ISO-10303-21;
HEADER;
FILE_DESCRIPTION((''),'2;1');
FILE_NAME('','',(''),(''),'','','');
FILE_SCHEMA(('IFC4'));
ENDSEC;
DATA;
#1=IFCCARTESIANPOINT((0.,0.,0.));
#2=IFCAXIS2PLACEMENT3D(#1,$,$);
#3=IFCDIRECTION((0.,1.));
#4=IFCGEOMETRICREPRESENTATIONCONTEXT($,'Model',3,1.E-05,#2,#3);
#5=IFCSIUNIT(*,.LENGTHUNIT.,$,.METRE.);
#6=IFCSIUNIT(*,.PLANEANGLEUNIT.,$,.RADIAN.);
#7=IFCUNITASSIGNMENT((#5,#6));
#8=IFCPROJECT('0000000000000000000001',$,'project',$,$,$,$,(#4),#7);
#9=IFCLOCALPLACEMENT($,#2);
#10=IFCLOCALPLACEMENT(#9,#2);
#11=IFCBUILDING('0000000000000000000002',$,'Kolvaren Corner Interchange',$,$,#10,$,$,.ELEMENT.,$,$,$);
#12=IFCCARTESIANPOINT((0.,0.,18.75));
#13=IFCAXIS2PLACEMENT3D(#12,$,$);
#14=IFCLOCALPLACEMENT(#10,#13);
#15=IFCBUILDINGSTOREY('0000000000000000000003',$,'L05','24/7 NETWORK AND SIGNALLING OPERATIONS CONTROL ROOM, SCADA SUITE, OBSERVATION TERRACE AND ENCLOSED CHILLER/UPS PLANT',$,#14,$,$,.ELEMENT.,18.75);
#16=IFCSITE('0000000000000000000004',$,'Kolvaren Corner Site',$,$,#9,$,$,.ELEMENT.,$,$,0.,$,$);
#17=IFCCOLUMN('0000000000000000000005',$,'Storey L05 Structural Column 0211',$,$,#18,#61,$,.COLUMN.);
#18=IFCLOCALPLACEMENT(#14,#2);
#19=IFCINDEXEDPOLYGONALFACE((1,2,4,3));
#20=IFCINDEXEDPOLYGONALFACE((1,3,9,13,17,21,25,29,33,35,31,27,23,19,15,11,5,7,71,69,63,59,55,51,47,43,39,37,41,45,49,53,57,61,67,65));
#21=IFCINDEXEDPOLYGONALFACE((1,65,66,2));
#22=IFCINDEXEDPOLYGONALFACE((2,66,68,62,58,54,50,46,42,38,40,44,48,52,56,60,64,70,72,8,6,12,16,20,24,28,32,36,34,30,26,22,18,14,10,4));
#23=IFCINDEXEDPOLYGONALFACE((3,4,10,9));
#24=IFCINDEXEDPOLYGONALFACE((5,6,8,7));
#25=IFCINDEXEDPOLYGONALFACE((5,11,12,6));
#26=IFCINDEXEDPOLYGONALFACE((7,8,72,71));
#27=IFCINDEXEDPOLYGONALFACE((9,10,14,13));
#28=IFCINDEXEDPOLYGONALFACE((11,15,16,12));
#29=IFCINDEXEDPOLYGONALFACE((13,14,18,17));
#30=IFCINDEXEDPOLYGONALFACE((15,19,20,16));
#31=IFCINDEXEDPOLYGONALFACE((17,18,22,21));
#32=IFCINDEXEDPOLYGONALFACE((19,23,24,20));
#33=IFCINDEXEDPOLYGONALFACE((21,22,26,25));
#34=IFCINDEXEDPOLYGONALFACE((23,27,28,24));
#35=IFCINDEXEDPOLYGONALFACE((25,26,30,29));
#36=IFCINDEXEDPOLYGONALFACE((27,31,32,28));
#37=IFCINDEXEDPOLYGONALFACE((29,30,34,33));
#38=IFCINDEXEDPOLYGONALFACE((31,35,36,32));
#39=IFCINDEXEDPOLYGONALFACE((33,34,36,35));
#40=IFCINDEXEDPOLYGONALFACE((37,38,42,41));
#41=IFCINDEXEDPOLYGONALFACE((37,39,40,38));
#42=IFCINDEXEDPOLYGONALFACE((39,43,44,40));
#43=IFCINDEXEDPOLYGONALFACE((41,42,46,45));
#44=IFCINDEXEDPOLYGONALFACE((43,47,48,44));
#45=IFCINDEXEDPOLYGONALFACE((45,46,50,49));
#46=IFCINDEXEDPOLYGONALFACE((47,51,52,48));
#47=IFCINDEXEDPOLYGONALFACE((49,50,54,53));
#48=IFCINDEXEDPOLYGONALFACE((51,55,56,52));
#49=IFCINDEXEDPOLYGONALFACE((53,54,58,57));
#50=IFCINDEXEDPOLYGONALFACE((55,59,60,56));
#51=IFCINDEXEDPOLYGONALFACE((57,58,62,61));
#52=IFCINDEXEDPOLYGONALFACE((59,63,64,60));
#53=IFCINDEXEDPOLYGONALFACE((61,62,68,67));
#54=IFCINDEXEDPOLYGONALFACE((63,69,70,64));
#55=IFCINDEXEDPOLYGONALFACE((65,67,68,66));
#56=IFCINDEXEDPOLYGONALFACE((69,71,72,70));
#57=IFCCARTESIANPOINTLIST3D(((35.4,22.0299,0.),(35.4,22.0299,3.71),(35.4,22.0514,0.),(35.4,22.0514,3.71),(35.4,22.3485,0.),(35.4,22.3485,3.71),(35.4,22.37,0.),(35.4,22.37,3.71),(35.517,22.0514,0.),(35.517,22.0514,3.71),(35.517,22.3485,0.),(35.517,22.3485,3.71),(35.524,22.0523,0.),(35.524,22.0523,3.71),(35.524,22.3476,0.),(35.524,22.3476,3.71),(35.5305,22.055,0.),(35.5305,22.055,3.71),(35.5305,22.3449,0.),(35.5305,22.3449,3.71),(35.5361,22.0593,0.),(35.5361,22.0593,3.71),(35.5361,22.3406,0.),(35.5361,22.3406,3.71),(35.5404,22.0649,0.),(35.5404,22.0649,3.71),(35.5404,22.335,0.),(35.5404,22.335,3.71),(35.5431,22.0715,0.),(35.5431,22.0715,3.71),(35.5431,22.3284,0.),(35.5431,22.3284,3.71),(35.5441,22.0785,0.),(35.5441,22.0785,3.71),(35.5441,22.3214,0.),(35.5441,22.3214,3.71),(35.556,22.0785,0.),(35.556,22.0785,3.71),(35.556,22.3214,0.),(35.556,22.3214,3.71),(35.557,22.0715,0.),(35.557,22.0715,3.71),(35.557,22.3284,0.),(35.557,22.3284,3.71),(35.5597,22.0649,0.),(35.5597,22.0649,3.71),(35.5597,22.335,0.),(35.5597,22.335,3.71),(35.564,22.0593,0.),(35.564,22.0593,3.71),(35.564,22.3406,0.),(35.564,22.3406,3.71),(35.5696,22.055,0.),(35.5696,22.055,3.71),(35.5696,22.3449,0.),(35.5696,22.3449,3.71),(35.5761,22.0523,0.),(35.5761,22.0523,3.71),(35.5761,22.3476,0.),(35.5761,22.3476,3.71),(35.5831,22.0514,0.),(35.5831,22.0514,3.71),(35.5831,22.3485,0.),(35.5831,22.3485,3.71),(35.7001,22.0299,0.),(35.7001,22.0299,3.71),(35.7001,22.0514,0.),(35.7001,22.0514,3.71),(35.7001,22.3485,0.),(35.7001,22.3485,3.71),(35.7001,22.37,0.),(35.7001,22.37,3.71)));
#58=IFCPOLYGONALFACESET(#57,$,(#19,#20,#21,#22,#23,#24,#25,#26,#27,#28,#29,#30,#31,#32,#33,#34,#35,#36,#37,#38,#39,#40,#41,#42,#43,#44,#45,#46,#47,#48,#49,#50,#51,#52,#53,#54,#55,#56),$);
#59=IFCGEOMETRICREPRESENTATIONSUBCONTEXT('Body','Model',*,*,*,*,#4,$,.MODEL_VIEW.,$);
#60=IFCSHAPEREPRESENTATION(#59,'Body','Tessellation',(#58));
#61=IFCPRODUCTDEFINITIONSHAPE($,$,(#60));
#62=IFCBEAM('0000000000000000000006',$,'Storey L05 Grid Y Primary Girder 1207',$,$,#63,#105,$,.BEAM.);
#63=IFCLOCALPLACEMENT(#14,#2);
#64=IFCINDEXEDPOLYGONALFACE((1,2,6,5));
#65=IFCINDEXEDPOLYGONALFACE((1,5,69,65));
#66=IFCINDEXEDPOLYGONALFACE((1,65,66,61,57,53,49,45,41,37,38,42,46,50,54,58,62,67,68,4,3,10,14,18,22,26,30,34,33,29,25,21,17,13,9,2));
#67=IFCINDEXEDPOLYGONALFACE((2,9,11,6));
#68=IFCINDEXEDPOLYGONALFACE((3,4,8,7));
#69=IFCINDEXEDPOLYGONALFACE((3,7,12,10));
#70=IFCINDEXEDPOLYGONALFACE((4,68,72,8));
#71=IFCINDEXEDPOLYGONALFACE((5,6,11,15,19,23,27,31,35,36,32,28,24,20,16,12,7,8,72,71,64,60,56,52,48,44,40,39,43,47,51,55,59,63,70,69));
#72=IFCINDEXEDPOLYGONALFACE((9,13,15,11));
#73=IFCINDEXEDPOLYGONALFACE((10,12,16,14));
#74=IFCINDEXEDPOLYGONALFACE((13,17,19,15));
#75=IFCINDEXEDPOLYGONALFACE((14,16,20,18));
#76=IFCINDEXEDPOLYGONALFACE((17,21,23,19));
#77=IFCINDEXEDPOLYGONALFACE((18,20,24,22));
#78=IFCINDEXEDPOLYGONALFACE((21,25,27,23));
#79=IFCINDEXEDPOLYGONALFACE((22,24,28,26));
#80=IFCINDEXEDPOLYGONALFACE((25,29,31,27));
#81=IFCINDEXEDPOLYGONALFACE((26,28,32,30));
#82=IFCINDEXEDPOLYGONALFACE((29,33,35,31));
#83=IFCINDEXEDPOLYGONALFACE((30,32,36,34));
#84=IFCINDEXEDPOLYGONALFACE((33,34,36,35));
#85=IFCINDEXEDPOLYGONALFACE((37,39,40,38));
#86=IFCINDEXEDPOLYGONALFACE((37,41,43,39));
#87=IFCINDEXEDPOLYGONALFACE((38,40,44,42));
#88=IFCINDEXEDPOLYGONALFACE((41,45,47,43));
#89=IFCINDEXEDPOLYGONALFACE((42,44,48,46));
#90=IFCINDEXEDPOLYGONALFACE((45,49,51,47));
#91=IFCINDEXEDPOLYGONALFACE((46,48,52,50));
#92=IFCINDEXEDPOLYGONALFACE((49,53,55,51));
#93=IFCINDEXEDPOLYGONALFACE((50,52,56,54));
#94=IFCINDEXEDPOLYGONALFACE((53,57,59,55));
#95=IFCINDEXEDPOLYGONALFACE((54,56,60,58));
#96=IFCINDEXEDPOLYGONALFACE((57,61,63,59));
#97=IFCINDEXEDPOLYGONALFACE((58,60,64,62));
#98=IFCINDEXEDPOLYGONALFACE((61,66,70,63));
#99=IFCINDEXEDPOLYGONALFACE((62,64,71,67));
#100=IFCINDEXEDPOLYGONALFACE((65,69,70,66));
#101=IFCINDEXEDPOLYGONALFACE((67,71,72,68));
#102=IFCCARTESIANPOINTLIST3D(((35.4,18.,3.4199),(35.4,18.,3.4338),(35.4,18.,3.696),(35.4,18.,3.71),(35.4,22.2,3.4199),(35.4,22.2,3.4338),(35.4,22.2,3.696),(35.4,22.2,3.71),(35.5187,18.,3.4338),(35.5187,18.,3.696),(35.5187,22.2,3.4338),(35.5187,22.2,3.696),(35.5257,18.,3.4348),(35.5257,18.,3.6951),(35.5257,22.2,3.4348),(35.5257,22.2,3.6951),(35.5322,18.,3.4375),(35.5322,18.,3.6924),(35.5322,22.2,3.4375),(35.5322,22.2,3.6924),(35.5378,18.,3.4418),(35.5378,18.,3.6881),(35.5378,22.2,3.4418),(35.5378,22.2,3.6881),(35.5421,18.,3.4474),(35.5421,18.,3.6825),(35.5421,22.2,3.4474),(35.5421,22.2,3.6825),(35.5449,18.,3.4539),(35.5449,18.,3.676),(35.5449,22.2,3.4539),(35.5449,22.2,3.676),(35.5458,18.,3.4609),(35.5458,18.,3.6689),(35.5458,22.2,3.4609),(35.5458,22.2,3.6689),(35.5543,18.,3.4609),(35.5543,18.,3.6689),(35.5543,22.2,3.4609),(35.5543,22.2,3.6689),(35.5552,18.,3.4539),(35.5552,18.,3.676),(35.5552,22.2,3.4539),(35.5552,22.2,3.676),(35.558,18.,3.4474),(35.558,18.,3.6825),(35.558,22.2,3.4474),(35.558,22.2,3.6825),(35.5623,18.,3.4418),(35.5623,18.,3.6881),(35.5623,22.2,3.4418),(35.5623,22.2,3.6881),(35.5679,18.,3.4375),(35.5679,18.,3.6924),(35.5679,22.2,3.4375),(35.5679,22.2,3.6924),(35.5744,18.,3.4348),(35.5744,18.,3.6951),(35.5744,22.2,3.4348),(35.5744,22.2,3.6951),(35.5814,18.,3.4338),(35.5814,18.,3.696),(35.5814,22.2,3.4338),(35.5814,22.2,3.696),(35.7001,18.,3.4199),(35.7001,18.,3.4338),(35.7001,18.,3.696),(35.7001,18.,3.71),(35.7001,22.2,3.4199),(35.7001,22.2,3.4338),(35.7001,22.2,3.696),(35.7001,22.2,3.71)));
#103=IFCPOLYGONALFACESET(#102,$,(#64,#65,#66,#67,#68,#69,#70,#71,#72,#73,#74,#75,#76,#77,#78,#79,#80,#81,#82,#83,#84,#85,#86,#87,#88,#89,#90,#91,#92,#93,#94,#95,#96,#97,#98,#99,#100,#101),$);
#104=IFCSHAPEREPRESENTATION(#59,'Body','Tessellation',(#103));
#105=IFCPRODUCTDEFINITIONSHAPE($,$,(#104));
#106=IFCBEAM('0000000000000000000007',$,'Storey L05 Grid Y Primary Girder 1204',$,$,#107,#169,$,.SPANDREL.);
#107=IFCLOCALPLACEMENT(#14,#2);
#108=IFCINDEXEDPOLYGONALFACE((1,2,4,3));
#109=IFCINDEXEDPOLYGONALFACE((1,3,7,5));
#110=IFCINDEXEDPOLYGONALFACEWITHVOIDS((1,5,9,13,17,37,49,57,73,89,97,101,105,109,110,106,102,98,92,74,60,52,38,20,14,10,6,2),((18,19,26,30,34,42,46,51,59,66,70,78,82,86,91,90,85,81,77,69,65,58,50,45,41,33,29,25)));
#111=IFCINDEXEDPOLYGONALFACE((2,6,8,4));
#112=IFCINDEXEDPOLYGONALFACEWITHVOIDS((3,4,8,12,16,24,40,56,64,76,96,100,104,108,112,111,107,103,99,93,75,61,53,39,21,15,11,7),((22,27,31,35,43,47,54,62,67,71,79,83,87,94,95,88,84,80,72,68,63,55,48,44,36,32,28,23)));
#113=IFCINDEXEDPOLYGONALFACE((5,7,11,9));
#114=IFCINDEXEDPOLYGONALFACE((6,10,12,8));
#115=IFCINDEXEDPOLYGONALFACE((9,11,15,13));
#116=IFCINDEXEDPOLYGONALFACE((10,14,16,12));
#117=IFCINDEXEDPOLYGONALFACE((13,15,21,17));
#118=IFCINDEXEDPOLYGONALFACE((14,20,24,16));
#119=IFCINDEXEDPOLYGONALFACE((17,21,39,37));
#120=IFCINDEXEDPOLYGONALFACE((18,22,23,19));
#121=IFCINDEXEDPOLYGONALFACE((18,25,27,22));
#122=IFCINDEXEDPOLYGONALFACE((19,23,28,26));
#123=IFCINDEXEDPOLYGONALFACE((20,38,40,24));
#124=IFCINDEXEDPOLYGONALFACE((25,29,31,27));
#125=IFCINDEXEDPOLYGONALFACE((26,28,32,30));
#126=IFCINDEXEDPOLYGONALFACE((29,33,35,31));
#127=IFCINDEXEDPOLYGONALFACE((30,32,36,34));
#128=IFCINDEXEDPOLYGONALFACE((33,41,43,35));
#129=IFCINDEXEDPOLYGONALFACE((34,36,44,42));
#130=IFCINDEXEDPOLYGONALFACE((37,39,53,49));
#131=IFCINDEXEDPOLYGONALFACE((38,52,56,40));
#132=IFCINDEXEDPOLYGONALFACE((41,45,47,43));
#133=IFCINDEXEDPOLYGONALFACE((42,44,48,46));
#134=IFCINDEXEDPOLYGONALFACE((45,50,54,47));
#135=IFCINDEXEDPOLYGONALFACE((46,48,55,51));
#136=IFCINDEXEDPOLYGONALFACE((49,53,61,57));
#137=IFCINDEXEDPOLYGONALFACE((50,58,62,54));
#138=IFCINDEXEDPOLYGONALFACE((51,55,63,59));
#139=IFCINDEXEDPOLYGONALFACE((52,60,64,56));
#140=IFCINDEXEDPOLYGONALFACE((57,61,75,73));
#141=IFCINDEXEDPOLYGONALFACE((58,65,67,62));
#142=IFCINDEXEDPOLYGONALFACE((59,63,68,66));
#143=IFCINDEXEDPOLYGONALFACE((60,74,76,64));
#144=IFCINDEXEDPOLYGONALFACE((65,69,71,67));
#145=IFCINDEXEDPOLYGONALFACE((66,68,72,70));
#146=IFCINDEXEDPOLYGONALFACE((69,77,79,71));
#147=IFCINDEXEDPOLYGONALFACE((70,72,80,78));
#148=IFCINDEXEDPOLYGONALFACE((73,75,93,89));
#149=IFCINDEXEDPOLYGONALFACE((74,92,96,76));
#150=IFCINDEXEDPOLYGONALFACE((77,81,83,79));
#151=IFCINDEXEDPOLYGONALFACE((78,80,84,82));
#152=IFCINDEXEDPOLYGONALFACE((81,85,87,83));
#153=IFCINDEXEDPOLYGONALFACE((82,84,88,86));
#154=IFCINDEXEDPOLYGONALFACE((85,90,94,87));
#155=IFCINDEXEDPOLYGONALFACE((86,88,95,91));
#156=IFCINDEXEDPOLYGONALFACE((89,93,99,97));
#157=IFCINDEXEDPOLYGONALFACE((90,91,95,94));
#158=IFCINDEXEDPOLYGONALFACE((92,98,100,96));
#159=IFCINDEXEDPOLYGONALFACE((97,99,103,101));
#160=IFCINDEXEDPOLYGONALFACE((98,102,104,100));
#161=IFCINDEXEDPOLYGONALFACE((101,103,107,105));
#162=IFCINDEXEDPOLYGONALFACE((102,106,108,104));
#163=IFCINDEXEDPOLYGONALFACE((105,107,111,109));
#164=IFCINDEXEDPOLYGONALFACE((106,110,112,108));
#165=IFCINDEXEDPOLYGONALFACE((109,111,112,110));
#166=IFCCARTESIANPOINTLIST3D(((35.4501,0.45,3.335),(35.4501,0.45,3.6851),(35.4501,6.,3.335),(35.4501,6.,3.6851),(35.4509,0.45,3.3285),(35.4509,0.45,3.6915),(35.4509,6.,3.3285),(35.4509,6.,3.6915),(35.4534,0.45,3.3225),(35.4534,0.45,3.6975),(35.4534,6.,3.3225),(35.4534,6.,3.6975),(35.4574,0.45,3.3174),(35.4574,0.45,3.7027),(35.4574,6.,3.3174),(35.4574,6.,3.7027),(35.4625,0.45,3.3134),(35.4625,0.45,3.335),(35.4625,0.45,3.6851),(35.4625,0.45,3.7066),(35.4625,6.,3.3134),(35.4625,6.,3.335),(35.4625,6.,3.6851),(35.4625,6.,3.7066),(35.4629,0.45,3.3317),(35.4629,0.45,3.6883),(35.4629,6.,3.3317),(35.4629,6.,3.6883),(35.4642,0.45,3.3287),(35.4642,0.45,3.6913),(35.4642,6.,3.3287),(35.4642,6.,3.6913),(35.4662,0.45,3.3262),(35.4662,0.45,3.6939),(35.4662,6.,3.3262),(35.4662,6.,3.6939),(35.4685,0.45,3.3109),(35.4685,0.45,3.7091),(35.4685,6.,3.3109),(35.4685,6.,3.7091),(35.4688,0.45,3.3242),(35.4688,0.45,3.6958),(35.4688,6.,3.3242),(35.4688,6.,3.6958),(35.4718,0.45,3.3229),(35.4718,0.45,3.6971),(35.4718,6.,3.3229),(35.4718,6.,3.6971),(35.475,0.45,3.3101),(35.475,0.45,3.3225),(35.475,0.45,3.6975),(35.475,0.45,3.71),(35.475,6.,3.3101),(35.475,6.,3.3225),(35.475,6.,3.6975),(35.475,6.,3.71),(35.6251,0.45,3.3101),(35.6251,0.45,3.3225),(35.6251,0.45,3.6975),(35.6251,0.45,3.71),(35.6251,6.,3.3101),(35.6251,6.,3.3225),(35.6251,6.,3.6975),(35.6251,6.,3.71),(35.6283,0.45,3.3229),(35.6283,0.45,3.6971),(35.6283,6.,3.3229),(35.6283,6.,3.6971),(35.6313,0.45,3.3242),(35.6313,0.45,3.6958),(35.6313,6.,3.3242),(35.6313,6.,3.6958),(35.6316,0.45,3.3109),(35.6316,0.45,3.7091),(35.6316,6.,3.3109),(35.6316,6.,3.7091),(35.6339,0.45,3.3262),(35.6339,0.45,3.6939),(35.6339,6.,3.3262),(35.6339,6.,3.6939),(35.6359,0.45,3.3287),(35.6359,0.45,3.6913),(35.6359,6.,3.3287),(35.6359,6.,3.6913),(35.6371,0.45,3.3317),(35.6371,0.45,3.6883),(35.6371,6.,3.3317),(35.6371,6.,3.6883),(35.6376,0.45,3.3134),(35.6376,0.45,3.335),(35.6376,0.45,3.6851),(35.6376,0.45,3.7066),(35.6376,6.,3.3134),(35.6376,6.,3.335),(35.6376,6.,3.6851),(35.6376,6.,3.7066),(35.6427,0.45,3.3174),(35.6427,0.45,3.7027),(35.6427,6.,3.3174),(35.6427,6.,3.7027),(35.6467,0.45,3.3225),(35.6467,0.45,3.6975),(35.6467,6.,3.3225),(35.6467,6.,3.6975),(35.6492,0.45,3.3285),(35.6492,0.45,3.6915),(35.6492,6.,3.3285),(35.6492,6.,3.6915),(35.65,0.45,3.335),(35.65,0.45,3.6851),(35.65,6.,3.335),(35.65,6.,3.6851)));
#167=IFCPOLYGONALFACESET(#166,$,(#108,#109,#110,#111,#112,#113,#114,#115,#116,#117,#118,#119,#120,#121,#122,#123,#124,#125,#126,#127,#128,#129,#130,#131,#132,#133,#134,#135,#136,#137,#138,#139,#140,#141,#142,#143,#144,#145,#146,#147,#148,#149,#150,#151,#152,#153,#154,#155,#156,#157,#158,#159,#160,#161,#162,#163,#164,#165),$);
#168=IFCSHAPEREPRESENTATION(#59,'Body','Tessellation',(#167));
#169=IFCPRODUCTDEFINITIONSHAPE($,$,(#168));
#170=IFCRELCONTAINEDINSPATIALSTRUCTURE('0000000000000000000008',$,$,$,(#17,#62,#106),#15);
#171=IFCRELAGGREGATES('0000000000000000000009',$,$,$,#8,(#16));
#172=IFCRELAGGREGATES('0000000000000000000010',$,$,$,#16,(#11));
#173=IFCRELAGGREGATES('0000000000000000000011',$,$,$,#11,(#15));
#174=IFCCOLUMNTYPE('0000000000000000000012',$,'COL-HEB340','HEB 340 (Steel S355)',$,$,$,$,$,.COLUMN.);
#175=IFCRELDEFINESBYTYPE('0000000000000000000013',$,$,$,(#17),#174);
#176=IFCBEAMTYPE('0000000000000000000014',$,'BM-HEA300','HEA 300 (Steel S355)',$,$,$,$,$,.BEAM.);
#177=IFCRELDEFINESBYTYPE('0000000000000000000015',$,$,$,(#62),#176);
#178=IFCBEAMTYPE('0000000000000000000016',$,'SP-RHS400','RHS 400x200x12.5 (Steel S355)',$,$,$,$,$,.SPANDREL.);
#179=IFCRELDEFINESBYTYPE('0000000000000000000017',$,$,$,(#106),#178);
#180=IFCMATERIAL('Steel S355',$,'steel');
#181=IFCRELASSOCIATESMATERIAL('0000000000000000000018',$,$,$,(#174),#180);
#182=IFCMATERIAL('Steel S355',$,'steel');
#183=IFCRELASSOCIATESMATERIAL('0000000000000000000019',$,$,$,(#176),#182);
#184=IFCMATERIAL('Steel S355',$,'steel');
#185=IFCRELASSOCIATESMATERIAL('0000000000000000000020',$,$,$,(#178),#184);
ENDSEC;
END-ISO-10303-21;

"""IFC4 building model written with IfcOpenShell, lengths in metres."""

from ifc_helpers import new_model, si_unit, direction, frame, origin, origin_2d, place, context, subcontext, project, spatial, hollow_rectangle, i_section, extrude, material, material_profile, profile_set, type_object, element, save


model = new_model("IFC4")

# Units and contexts
model_context = context("Model", 3, precision=1e-05, world=origin(), true_north=direction((0.0, 1.0)))
body_context = subcontext(model_context, "Body", "Model", "MODEL_VIEW")
ifc_project = project(units=[si_unit("LENGTHUNIT", "METRE"), si_unit("PLANEANGLEUNIT", "RADIAN")], contexts=[model_context])

# Site, building, storey
site_placement = place(None, origin())
site = spatial("IfcSite", under=ifc_project, at=site_placement, Name="Kolvaren Corner Site", CompositionType="ELEMENT", RefElevation=0.0)
building_placement = place(site_placement, origin())
building = spatial("IfcBuilding", under=site, at=building_placement, Name="Kolvaren Corner Interchange", CompositionType="ELEMENT")
storey_placement = place(building_placement, frame((0.0, 0.0, 18.75)))
storey = spatial("IfcBuildingStorey", under=building, at=storey_placement, Name="L05", Description="24/7 NETWORK AND SIGNALLING OPERATIONS CONTROL ROOM, SCADA SUITE, OBSERVATION TERRACE AND ENCLOSED CHILLER/UPS PLANT", CompositionType="ELEMENT", Elevation=18.75)

# Column
ifc_material_1 = material(Name="Steel S355", Category="steel")
ifc_material_profile_1 = material_profile(ifc_material_1, i_section(OverallWidth=0.3, OverallDepth=0.3401, WebThickness=0.012, FlangeThickness=0.0215, FilletRadius=0.0271, at=origin_2d()), Name="HEB 340")
ifc_profile_set_1 = profile_set([ifc_material_profile_1], Name="Steel S355")
column_type = type_object("IfcColumnType", Name="COL-HEB340", Description="HEB 340 (Steel S355)", PredefinedType="COLUMN", material=ifc_profile_set_1)
for number, where, z_axis, x_axis, name in (
    (1, (35.55, 22.2, 0.0), (0.0, 0.0, 1.0), (1.0, 0.0, 0.0), "Storey L05 Structural Column 0211"),
):
    element("IfcColumn", number, at=place(storey_placement, frame(where, z_axis=z_axis, x_axis=x_axis)), inside=storey, type_object=column_type, Name=name, PredefinedType="COLUMN", context=body_context, shape_type="SweptSolid", body=[
        extrude(i_section(OverallWidth=0.3, OverallDepth=0.3401, WebThickness=0.012, FlangeThickness=0.0215, FilletRadius=0.0271, at=origin_2d()), origin(), (0.0, 0.0, 1.0), 3.71),
    ])

# Beams
ifc_material_2 = material(Name="Steel S355", Category="steel")
ifc_material_profile_2 = material_profile(ifc_material_2, i_section(OverallWidth=0.3, OverallDepth=0.29, WebThickness=0.0085, FlangeThickness=0.0139, FilletRadius=0.0271, at=origin_2d()), Name="HEA 300")
ifc_profile_set_2 = profile_set([ifc_material_profile_2], Name="Steel S355")
beam_type_1 = type_object("IfcBeamType", Name="BM-HEA300", Description="HEA 300 (Steel S355)", PredefinedType="BEAM", material=ifc_profile_set_2)
beam_1_placement = place(storey_placement, frame((35.55, 18.0, 3.5649), z_axis=(0.0, 1.0, 0.0), x_axis=(-1.0, 0.0, 0.0)))
element("IfcBeam", 2, at=beam_1_placement, inside=storey, type_object=beam_type_1, Name="Storey L05 Grid Y Primary Girder 1207", PredefinedType="BEAM", context=body_context, shape_type="SweptSolid", body=[
    extrude(i_section(OverallWidth=0.3, OverallDepth=0.29, WebThickness=0.0085, FlangeThickness=0.0139, FilletRadius=0.0271, at=origin_2d()), origin(), (0.0, 0.0, 1.0), 4.2),
])
ifc_material_3 = material(Name="Steel S355", Category="steel")
ifc_material_profile_3 = material_profile(ifc_material_3, hollow_rectangle(XDim=0.2, YDim=0.3999, WallThickness=0.0125, InnerFilletRadius=0.0125, OuterFilletRadius=0.0249, at=origin_2d()), Name="RHS 400x200x12.5")
ifc_profile_set_3 = profile_set([ifc_material_profile_3], Name="Steel S355")
beam_type_2 = type_object("IfcBeamType", Name="SP-RHS400", Description="RHS 400x200x12.5 (Steel S355)", PredefinedType="SPANDREL", material=ifc_profile_set_3)
beam_2_placement = place(storey_placement, frame((35.55, 0.45, 3.51), z_axis=(0.0, 1.0, 0.0), x_axis=(-1.0, 0.0, 0.0)))
element("IfcBeam", 3, at=beam_2_placement, inside=storey, type_object=beam_type_2, Name="Storey L05 Grid Y Primary Girder 1204", PredefinedType="SPANDREL", context=body_context, shape_type="SweptSolid", body=[
    extrude(hollow_rectangle(XDim=0.2, YDim=0.3999, WallThickness=0.0125, InnerFilletRadius=0.0125, OuterFilletRadius=0.0249, at=origin_2d()), origin(), (0.0, 0.0, 1.0), 5.55),
])

save(model, "model.ifc")
